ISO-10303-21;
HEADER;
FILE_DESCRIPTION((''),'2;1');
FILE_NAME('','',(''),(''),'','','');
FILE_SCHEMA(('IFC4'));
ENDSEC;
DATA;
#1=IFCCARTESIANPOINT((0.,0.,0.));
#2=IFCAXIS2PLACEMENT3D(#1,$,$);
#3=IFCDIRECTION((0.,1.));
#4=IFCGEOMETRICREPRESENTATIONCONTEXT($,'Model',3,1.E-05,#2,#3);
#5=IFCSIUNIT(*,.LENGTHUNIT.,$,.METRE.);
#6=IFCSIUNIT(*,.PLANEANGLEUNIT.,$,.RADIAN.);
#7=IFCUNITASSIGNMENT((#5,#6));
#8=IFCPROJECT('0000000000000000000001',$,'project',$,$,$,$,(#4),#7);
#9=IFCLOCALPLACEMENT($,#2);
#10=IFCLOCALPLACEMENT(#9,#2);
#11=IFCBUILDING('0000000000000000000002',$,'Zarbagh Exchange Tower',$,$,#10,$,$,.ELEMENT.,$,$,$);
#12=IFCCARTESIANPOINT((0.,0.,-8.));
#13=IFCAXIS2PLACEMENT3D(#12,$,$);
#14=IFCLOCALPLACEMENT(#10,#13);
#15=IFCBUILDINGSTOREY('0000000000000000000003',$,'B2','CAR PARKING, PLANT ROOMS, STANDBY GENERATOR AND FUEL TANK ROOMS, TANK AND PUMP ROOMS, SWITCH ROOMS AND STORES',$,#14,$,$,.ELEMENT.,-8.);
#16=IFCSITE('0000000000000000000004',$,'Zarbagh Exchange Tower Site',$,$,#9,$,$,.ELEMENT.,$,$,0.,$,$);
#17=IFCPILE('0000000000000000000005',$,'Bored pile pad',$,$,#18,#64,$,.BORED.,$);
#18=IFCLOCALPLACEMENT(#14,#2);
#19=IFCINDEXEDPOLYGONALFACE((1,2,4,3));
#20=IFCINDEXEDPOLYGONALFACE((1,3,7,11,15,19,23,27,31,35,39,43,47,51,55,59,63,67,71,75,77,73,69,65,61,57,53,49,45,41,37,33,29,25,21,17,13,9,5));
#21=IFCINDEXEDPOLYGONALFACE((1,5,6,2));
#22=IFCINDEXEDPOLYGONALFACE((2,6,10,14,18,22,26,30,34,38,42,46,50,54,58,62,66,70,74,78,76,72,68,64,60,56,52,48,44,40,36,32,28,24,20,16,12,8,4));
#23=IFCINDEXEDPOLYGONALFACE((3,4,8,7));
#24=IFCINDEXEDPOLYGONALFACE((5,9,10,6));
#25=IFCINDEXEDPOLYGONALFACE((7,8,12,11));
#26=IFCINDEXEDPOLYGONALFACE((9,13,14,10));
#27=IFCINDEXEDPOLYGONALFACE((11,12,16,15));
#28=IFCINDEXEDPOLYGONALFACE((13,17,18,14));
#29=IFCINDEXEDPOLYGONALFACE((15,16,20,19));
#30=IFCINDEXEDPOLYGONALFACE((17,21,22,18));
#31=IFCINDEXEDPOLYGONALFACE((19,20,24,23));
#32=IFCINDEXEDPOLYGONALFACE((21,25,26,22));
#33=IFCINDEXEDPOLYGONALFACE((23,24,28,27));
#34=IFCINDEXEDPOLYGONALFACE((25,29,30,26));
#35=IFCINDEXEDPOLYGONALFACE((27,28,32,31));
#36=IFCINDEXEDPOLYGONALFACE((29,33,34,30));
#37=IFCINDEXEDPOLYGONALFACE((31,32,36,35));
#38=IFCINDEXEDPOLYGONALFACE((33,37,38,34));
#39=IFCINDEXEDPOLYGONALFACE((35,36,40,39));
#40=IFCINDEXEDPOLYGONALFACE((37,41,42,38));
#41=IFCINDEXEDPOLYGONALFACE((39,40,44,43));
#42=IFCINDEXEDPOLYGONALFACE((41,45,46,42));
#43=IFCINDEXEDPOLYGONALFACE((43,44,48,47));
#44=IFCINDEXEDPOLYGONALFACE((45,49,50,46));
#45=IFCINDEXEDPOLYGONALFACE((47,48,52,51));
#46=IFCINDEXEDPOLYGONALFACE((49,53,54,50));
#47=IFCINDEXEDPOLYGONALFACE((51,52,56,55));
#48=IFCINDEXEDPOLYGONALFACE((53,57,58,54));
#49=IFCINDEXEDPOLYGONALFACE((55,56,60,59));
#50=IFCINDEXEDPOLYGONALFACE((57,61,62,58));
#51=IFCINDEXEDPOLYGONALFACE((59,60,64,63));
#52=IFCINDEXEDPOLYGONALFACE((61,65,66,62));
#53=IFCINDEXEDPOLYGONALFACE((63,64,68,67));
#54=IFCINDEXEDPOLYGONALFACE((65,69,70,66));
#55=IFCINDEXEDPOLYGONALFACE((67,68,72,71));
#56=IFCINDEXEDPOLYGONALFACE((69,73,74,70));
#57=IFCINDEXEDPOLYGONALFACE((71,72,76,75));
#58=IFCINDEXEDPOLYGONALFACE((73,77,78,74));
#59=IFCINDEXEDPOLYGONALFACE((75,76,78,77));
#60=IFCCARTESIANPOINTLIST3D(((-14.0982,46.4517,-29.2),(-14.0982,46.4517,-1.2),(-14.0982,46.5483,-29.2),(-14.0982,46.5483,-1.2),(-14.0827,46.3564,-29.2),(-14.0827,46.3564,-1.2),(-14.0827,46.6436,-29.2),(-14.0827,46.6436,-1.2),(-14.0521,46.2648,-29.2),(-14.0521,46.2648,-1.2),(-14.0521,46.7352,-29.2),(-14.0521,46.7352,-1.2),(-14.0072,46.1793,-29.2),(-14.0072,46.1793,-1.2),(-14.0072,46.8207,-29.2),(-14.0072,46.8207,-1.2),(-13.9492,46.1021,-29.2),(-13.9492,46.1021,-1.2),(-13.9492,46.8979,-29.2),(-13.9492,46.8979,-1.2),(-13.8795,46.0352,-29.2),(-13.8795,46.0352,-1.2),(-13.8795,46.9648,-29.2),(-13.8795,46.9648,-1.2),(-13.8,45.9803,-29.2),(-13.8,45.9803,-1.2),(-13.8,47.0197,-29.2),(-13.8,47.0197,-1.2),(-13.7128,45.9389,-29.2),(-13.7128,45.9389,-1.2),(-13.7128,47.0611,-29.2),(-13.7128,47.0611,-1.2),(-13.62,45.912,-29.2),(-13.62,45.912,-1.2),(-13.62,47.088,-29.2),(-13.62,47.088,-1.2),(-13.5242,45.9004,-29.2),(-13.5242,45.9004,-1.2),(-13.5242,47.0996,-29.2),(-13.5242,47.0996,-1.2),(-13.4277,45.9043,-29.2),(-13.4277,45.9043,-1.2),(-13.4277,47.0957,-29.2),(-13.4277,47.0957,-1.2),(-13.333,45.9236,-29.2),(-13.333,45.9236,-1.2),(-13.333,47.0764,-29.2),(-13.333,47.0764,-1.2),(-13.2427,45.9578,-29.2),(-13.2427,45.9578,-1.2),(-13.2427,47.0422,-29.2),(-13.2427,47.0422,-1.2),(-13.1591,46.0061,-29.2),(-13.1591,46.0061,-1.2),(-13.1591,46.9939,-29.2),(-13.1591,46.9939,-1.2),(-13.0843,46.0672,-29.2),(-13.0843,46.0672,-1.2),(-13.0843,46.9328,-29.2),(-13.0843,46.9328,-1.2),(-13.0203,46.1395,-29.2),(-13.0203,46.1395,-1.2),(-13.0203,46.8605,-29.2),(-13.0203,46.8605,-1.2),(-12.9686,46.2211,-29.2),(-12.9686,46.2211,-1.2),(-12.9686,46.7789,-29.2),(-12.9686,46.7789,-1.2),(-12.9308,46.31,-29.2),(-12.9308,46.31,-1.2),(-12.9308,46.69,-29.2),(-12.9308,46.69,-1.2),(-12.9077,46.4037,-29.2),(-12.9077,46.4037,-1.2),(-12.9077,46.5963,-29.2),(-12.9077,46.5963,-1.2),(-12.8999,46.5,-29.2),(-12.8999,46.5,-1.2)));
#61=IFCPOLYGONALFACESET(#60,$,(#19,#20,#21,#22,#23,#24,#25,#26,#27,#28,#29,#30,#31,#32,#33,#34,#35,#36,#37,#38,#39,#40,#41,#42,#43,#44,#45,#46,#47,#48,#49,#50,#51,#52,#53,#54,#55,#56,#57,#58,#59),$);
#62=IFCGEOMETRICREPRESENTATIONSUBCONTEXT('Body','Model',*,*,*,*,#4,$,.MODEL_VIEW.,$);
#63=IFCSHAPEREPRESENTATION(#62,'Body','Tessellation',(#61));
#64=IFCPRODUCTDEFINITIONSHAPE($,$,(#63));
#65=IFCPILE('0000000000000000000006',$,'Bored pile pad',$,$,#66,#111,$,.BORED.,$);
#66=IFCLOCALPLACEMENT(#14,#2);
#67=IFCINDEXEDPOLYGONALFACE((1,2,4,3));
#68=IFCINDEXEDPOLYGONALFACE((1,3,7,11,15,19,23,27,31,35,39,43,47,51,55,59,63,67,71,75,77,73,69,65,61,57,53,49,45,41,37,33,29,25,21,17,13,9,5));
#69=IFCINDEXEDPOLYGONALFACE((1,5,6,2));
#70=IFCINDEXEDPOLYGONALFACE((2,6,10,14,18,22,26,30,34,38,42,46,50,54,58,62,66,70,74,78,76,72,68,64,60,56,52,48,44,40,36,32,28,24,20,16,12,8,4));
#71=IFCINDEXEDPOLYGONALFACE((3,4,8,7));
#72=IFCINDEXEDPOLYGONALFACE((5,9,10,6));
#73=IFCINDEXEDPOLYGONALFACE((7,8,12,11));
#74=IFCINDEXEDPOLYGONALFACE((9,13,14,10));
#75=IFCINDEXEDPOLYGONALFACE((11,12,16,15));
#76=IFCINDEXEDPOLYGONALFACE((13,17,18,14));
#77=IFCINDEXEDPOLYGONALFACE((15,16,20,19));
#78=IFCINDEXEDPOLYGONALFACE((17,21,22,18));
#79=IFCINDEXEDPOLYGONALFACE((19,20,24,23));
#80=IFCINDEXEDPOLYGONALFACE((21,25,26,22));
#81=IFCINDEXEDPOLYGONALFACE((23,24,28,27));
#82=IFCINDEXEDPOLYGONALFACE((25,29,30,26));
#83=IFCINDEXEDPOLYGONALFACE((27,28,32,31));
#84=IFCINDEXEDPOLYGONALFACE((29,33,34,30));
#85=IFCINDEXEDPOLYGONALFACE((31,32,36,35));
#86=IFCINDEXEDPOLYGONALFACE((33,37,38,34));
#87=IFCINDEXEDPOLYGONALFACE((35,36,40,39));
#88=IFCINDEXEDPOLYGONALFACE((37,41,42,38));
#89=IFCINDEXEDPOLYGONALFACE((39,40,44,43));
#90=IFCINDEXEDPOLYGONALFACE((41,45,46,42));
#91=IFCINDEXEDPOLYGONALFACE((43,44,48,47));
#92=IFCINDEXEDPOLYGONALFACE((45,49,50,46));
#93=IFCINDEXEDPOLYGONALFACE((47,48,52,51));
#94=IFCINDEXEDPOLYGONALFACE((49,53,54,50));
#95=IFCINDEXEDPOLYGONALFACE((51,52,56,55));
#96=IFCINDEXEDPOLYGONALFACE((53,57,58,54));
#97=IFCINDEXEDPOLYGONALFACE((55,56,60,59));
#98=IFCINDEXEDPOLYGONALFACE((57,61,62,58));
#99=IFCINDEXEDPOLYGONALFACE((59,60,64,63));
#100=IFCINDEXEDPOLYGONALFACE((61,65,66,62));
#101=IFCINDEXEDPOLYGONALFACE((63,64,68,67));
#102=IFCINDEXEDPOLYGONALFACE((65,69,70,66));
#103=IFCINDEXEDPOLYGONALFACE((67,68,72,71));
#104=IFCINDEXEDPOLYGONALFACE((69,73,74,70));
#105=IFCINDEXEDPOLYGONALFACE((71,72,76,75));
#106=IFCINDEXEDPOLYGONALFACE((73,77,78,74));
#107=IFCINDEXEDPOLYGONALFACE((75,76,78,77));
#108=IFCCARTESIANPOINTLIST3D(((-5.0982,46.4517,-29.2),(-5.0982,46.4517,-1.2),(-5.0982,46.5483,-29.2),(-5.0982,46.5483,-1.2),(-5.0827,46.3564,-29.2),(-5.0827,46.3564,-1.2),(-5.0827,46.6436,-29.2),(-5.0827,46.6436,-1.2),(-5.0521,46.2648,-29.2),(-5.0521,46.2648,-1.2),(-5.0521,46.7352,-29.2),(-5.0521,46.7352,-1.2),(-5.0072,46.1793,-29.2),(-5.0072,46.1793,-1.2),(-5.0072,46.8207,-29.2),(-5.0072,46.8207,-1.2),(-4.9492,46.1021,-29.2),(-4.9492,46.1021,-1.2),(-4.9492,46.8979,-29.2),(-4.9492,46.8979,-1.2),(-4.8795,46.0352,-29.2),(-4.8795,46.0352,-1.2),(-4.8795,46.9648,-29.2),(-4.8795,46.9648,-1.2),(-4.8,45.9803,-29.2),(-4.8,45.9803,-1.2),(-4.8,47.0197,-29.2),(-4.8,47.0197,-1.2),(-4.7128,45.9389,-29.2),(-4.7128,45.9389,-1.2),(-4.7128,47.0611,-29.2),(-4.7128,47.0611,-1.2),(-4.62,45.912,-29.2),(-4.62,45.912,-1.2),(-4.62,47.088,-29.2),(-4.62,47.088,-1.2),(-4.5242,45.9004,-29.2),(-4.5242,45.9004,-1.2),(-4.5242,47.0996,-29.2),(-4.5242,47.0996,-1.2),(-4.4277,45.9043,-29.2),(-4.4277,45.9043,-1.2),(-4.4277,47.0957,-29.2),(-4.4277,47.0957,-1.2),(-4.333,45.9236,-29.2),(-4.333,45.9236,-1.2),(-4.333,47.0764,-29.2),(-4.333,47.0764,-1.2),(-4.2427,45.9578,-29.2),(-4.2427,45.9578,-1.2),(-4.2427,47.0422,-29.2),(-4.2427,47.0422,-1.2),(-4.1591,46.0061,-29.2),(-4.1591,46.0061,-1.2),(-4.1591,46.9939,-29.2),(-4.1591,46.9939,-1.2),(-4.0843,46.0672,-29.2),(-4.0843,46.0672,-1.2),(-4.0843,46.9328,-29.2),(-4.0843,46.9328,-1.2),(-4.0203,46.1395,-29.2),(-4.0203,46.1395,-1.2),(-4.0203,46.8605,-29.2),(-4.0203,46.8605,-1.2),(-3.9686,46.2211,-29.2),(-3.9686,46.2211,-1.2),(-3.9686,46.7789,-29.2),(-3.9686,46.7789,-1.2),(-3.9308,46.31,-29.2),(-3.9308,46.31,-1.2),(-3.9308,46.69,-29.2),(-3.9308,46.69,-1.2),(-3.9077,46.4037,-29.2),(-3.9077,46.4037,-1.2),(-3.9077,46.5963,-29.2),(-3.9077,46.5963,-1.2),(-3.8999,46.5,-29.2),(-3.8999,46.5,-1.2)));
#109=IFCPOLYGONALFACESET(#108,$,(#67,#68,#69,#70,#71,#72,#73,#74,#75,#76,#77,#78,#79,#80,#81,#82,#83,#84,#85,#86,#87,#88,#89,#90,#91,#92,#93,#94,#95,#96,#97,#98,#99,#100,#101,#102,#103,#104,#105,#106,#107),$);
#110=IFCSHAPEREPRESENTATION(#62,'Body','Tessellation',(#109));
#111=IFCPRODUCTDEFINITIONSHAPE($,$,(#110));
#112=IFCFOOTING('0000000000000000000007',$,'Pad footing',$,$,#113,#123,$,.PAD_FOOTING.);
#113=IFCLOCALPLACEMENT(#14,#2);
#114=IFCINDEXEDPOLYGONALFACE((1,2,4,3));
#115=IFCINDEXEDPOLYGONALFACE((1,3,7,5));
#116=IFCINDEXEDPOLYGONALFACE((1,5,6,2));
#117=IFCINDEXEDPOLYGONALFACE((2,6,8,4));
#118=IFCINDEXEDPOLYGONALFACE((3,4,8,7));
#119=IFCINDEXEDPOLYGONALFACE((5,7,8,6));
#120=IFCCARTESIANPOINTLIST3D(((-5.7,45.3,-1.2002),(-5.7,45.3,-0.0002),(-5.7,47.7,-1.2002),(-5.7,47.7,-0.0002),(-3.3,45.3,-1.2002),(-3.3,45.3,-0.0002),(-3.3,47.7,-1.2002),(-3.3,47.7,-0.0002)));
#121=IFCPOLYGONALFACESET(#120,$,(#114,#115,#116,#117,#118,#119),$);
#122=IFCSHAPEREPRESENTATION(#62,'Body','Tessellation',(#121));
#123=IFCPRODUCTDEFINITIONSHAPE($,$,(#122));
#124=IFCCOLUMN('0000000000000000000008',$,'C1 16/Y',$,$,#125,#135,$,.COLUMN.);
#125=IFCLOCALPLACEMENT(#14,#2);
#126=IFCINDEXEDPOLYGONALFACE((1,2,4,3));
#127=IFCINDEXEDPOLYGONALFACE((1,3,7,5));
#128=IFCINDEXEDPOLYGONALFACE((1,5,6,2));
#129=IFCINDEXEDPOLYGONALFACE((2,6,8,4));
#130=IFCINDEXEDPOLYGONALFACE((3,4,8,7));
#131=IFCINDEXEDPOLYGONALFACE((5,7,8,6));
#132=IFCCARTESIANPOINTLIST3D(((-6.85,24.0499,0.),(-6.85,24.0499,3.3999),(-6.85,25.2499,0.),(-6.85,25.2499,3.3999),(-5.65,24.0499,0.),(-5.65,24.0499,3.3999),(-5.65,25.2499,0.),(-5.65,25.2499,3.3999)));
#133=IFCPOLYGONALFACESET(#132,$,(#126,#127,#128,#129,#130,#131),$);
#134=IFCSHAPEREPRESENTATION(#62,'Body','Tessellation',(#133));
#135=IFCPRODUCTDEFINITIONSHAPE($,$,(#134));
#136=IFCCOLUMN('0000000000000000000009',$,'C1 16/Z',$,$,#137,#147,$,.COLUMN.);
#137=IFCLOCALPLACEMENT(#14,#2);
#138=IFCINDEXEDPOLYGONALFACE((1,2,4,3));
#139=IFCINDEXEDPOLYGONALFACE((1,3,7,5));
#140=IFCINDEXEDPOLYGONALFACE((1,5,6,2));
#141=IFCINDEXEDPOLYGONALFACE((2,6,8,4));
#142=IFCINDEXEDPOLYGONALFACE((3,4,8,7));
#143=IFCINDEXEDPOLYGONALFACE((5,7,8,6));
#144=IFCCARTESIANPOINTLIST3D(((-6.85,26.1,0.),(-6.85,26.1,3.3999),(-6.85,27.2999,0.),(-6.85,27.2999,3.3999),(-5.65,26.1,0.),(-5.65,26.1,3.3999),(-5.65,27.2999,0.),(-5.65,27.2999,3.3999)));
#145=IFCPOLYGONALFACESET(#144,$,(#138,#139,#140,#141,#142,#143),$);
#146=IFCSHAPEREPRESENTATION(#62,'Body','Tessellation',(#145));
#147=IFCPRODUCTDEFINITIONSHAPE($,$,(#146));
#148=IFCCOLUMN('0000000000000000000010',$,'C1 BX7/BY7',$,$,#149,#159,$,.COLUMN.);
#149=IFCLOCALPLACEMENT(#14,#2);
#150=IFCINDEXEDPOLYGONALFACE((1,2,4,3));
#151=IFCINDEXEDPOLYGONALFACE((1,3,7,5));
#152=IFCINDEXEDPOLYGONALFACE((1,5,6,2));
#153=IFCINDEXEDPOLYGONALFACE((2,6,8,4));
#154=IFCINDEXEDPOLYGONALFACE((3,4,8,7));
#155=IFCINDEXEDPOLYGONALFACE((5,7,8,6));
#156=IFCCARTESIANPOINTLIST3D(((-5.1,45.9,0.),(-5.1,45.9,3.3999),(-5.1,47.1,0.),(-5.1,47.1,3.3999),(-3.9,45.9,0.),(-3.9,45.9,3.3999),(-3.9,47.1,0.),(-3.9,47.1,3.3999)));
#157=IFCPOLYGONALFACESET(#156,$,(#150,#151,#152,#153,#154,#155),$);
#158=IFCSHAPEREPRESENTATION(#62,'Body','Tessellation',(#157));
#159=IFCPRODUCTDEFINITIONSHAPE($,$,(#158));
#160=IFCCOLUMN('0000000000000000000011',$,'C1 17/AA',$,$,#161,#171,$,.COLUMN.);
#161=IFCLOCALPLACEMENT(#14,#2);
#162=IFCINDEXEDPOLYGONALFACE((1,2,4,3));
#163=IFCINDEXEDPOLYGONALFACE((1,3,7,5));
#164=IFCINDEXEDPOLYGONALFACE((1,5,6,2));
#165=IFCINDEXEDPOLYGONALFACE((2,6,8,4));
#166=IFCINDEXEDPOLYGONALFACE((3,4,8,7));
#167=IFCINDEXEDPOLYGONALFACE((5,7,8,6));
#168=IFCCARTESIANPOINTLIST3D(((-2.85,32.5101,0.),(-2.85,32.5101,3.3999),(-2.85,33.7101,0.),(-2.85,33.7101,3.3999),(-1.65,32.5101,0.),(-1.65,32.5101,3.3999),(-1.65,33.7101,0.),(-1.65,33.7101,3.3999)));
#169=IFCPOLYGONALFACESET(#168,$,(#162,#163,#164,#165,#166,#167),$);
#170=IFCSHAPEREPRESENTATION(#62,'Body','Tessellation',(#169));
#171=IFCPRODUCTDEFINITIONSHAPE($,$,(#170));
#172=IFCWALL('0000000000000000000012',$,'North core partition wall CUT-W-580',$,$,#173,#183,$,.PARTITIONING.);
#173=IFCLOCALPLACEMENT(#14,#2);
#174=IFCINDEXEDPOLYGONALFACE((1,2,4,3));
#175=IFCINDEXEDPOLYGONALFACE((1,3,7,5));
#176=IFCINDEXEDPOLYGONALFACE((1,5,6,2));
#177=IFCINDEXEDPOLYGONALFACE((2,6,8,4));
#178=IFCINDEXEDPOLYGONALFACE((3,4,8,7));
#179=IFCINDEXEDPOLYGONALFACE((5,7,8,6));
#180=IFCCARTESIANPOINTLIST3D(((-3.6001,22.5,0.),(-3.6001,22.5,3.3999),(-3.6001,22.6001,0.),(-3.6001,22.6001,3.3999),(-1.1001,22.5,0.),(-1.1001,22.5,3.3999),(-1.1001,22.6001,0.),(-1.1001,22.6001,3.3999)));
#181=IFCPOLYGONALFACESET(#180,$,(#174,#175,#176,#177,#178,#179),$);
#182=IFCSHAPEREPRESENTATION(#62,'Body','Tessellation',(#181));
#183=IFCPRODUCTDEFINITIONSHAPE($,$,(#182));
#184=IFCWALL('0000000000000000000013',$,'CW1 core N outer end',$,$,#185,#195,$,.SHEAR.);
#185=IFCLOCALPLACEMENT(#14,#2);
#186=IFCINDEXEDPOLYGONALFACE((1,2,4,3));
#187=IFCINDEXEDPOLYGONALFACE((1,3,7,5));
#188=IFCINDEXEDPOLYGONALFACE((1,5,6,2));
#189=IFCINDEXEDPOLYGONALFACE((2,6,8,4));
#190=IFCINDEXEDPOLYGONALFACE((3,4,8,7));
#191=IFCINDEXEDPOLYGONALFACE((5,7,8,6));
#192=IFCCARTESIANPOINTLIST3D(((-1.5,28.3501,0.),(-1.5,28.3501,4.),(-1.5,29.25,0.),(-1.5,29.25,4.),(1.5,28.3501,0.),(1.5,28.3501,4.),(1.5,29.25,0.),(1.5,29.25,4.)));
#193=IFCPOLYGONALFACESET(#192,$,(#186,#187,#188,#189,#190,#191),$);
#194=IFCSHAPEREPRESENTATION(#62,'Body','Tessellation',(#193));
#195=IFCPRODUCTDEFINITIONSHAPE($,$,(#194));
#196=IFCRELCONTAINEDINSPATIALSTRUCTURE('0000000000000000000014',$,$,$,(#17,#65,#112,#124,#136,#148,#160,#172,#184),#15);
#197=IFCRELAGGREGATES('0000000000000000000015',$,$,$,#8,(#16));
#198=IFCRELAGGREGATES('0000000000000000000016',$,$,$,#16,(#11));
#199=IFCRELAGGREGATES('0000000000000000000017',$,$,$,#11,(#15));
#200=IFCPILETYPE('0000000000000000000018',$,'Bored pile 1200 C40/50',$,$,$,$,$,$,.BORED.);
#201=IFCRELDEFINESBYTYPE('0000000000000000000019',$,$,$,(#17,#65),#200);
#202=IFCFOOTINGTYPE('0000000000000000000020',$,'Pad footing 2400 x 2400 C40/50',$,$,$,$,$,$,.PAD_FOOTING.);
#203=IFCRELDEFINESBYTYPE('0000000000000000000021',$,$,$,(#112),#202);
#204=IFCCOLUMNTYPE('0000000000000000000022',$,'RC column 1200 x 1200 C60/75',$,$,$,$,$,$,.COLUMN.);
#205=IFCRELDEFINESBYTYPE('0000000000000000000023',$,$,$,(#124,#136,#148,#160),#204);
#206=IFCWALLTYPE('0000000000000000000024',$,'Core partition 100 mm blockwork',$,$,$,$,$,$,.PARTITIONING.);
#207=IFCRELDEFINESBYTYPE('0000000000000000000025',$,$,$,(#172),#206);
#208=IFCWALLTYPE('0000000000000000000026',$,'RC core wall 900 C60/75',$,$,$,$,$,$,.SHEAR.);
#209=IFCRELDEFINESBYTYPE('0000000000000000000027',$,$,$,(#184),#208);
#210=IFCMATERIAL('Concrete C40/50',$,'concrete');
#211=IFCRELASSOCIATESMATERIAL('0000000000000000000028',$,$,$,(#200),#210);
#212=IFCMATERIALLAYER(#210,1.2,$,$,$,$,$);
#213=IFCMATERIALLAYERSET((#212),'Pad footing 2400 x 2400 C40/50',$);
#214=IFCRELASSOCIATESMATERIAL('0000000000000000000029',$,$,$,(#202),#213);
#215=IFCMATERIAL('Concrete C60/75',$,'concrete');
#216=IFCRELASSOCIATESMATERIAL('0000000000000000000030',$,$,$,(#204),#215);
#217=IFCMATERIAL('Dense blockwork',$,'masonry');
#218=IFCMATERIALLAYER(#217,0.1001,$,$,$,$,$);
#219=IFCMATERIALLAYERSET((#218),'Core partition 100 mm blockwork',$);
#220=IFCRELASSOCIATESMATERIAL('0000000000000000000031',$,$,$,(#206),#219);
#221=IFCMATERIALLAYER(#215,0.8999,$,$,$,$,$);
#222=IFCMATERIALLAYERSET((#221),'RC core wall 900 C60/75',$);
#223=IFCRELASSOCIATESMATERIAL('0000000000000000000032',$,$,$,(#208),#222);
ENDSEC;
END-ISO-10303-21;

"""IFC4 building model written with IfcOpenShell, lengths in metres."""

from ifc_helpers import new_model, si_unit, direction, frame, frame_2d, origin, origin_2d, place, context, subcontext, project, spatial, rectangle, circle, extrude, material, layer, layer_set, material_profile, profile_set, type_object, element, save


model = new_model("IFC4")

# Units and contexts
model_context = context("Model", 3, precision=1e-05, world=origin(), true_north=direction((0.0, 1.0)))
body_context = subcontext(model_context, "Body", "Model", "MODEL_VIEW")
ifc_project = project(units=[si_unit("LENGTHUNIT", "METRE"), si_unit("PLANEANGLEUNIT", "RADIAN")], contexts=[model_context])

# Site, building, storey
site_placement = place(None, origin())
site = spatial("IfcSite", under=ifc_project, at=site_placement, Name="Zarbagh Exchange Tower Site", CompositionType="ELEMENT", RefElevation=0.0)
building_placement = place(site_placement, origin())
building = spatial("IfcBuilding", under=site, at=building_placement, Name="Zarbagh Exchange Tower", CompositionType="ELEMENT")
storey_placement = place(building_placement, frame((0.0, 0.0, -8.0)))
storey = spatial("IfcBuildingStorey", under=building, at=storey_placement, Name="B2", Description="CAR PARKING, PLANT ROOMS, STANDBY GENERATOR AND FUEL TANK ROOMS, TANK AND PUMP ROOMS, SWITCH ROOMS AND STORES", CompositionType="ELEMENT", Elevation=-8.0)

# Piles
ifc_material_1 = material(Name="Concrete C40/50", Category="concrete")
ifc_material_profile_1 = material_profile(ifc_material_1, circle(Radius=0.6001, at=origin_2d()), Name="Bored pile 1200 C40/50")
ifc_profile_set_1 = profile_set([ifc_material_profile_1], Name="Concrete C40/50")
pile_type = type_object("IfcPileType", Name="Bored pile 1200 C40/50", PredefinedType="BORED", material=ifc_profile_set_1)
for number, where, z_axis, x_axis, name in (
    (1, (-13.5, 46.5, -1.2), (0.0, 0.0, -1.0), (1.0, 0.0, 0.0), "Bored pile pad"),
    (2, (-4.5, 46.5, -1.2), (0.0, 0.0, -1.0), (1.0, 0.0, 0.0), "Bored pile pad"),
):
    element("IfcPile", number, at=place(storey_placement, frame(where, z_axis=z_axis, x_axis=x_axis)), inside=storey, type_object=pile_type, Name=name, PredefinedType="BORED", context=body_context, shape_type="SweptSolid", body=[
        extrude(circle(Radius=0.6001, at=origin_2d()), origin(), (0.0, 0.0, 1.0), 28.0),
    ])

# Footing
ifc_layer_1 = layer(ifc_material_1, 1.2)
ifc_layer_set_1 = layer_set([ifc_layer_1], Name="Pad footing 2400 x 2400 C40/50")
footing_type = type_object("IfcFootingType", Name="Pad footing 2400 x 2400 C40/50", PredefinedType="PAD_FOOTING", material=ifc_layer_set_1)
footing_placement = place(storey_placement, frame((-4.5, 46.5, -1.2002), z_axis=(0.0, 0.0, 1.0), x_axis=(1.0, 0.0, 0.0)))
element("IfcFooting", 3, at=footing_placement, inside=storey, type_object=footing_type, Name="Pad footing", PredefinedType="PAD_FOOTING", context=body_context, shape_type="SweptSolid", body=[
    extrude(rectangle(XDim=2.3999, YDim=2.3999, at=origin_2d()), origin(), (0.0, 0.0, 1.0), 1.2),
])

# Columns
ifc_material_2 = material(Name="Concrete C60/75", Category="concrete")
ifc_material_profile_2 = material_profile(ifc_material_2, rectangle(XDim=1.2, YDim=1.2, at=origin_2d()), Name="RC column 1200 x 1200 C60/75")
ifc_profile_set_2 = profile_set([ifc_material_profile_2], Name="Concrete C60/75")
column_type = type_object("IfcColumnType", Name="RC column 1200 x 1200 C60/75", PredefinedType="COLUMN", material=ifc_profile_set_2)
for number, where, z_axis, x_axis, name in (
    (4, (-6.25, 24.6499, 0.0), (0.0, 0.0, 1.0), (1.0, 0.0, 0.0), "C1 16/Y"),
    (5, (-6.25, 26.7, 0.0), (0.0, 0.0, 1.0), (1.0, 0.0, 0.0), "C1 16/Z"),
    (6, (-4.5, 46.5, 0.0), (0.0, 0.0, 1.0), (1.0, 0.0, 0.0), "C1 BX7/BY7"),
    (7, (-2.25, 33.1101, 0.0), (0.0, 0.0, 1.0), (1.0, 0.0, 0.0), "C1 17/AA"),
):
    element("IfcColumn", number, at=place(storey_placement, frame(where, z_axis=z_axis, x_axis=x_axis)), inside=storey, type_object=column_type, Name=name, PredefinedType="COLUMN", context=body_context, shape_type="SweptSolid", body=[
        extrude(rectangle(XDim=1.2, YDim=1.2, at=origin_2d()), origin(), (0.0, 0.0, 1.0), 3.3999),
    ])

# Walls
ifc_material_3 = material(Name="Dense blockwork", Category="masonry")
ifc_layer_2 = layer(ifc_material_3, 0.1001)
ifc_layer_set_2 = layer_set([ifc_layer_2], Name="Core partition 100 mm blockwork")
wall_type_1 = type_object("IfcWallType", Name="Core partition 100 mm blockwork", PredefinedType="PARTITIONING", material=ifc_layer_set_2)
wall_1_placement = place(storey_placement, frame((-3.6001, 22.55, 0.0), z_axis=(0.0, 0.0, 1.0), x_axis=(1.0, 0.0, 0.0)))
element("IfcWall", 8, at=wall_1_placement, inside=storey, type_object=wall_type_1, Name="North core partition wall CUT-W-580", PredefinedType="PARTITIONING", context=body_context, shape_type="SweptSolid", body=[
    extrude(rectangle(XDim=2.5, YDim=0.1001, at=frame_2d((1.25, 0.0))), origin(), (0.0, 0.0, 1.0), 3.3999),
])
ifc_layer_3 = layer(ifc_material_2, 0.8999)
ifc_layer_set_3 = layer_set([ifc_layer_3], Name="RC core wall 900 C60/75")
wall_type_2 = type_object("IfcWallType", Name="RC core wall 900 C60/75", PredefinedType="SHEAR", material=ifc_layer_set_3)
wall_2_placement = place(storey_placement, frame((-1.5, 28.8, 0.0), z_axis=(0.0, 0.0, 1.0), x_axis=(1.0, 0.0, 0.0)))
element("IfcWall", 9, at=wall_2_placement, inside=storey, type_object=wall_type_2, Name="CW1 core N outer end", PredefinedType="SHEAR", context=body_context, shape_type="SweptSolid", body=[
    extrude(rectangle(XDim=3.0, YDim=0.8999, at=frame_2d((1.5, 0.0))), origin(), (0.0, 0.0, 1.0), 4.0),
])

save(model, "model.ifc")
